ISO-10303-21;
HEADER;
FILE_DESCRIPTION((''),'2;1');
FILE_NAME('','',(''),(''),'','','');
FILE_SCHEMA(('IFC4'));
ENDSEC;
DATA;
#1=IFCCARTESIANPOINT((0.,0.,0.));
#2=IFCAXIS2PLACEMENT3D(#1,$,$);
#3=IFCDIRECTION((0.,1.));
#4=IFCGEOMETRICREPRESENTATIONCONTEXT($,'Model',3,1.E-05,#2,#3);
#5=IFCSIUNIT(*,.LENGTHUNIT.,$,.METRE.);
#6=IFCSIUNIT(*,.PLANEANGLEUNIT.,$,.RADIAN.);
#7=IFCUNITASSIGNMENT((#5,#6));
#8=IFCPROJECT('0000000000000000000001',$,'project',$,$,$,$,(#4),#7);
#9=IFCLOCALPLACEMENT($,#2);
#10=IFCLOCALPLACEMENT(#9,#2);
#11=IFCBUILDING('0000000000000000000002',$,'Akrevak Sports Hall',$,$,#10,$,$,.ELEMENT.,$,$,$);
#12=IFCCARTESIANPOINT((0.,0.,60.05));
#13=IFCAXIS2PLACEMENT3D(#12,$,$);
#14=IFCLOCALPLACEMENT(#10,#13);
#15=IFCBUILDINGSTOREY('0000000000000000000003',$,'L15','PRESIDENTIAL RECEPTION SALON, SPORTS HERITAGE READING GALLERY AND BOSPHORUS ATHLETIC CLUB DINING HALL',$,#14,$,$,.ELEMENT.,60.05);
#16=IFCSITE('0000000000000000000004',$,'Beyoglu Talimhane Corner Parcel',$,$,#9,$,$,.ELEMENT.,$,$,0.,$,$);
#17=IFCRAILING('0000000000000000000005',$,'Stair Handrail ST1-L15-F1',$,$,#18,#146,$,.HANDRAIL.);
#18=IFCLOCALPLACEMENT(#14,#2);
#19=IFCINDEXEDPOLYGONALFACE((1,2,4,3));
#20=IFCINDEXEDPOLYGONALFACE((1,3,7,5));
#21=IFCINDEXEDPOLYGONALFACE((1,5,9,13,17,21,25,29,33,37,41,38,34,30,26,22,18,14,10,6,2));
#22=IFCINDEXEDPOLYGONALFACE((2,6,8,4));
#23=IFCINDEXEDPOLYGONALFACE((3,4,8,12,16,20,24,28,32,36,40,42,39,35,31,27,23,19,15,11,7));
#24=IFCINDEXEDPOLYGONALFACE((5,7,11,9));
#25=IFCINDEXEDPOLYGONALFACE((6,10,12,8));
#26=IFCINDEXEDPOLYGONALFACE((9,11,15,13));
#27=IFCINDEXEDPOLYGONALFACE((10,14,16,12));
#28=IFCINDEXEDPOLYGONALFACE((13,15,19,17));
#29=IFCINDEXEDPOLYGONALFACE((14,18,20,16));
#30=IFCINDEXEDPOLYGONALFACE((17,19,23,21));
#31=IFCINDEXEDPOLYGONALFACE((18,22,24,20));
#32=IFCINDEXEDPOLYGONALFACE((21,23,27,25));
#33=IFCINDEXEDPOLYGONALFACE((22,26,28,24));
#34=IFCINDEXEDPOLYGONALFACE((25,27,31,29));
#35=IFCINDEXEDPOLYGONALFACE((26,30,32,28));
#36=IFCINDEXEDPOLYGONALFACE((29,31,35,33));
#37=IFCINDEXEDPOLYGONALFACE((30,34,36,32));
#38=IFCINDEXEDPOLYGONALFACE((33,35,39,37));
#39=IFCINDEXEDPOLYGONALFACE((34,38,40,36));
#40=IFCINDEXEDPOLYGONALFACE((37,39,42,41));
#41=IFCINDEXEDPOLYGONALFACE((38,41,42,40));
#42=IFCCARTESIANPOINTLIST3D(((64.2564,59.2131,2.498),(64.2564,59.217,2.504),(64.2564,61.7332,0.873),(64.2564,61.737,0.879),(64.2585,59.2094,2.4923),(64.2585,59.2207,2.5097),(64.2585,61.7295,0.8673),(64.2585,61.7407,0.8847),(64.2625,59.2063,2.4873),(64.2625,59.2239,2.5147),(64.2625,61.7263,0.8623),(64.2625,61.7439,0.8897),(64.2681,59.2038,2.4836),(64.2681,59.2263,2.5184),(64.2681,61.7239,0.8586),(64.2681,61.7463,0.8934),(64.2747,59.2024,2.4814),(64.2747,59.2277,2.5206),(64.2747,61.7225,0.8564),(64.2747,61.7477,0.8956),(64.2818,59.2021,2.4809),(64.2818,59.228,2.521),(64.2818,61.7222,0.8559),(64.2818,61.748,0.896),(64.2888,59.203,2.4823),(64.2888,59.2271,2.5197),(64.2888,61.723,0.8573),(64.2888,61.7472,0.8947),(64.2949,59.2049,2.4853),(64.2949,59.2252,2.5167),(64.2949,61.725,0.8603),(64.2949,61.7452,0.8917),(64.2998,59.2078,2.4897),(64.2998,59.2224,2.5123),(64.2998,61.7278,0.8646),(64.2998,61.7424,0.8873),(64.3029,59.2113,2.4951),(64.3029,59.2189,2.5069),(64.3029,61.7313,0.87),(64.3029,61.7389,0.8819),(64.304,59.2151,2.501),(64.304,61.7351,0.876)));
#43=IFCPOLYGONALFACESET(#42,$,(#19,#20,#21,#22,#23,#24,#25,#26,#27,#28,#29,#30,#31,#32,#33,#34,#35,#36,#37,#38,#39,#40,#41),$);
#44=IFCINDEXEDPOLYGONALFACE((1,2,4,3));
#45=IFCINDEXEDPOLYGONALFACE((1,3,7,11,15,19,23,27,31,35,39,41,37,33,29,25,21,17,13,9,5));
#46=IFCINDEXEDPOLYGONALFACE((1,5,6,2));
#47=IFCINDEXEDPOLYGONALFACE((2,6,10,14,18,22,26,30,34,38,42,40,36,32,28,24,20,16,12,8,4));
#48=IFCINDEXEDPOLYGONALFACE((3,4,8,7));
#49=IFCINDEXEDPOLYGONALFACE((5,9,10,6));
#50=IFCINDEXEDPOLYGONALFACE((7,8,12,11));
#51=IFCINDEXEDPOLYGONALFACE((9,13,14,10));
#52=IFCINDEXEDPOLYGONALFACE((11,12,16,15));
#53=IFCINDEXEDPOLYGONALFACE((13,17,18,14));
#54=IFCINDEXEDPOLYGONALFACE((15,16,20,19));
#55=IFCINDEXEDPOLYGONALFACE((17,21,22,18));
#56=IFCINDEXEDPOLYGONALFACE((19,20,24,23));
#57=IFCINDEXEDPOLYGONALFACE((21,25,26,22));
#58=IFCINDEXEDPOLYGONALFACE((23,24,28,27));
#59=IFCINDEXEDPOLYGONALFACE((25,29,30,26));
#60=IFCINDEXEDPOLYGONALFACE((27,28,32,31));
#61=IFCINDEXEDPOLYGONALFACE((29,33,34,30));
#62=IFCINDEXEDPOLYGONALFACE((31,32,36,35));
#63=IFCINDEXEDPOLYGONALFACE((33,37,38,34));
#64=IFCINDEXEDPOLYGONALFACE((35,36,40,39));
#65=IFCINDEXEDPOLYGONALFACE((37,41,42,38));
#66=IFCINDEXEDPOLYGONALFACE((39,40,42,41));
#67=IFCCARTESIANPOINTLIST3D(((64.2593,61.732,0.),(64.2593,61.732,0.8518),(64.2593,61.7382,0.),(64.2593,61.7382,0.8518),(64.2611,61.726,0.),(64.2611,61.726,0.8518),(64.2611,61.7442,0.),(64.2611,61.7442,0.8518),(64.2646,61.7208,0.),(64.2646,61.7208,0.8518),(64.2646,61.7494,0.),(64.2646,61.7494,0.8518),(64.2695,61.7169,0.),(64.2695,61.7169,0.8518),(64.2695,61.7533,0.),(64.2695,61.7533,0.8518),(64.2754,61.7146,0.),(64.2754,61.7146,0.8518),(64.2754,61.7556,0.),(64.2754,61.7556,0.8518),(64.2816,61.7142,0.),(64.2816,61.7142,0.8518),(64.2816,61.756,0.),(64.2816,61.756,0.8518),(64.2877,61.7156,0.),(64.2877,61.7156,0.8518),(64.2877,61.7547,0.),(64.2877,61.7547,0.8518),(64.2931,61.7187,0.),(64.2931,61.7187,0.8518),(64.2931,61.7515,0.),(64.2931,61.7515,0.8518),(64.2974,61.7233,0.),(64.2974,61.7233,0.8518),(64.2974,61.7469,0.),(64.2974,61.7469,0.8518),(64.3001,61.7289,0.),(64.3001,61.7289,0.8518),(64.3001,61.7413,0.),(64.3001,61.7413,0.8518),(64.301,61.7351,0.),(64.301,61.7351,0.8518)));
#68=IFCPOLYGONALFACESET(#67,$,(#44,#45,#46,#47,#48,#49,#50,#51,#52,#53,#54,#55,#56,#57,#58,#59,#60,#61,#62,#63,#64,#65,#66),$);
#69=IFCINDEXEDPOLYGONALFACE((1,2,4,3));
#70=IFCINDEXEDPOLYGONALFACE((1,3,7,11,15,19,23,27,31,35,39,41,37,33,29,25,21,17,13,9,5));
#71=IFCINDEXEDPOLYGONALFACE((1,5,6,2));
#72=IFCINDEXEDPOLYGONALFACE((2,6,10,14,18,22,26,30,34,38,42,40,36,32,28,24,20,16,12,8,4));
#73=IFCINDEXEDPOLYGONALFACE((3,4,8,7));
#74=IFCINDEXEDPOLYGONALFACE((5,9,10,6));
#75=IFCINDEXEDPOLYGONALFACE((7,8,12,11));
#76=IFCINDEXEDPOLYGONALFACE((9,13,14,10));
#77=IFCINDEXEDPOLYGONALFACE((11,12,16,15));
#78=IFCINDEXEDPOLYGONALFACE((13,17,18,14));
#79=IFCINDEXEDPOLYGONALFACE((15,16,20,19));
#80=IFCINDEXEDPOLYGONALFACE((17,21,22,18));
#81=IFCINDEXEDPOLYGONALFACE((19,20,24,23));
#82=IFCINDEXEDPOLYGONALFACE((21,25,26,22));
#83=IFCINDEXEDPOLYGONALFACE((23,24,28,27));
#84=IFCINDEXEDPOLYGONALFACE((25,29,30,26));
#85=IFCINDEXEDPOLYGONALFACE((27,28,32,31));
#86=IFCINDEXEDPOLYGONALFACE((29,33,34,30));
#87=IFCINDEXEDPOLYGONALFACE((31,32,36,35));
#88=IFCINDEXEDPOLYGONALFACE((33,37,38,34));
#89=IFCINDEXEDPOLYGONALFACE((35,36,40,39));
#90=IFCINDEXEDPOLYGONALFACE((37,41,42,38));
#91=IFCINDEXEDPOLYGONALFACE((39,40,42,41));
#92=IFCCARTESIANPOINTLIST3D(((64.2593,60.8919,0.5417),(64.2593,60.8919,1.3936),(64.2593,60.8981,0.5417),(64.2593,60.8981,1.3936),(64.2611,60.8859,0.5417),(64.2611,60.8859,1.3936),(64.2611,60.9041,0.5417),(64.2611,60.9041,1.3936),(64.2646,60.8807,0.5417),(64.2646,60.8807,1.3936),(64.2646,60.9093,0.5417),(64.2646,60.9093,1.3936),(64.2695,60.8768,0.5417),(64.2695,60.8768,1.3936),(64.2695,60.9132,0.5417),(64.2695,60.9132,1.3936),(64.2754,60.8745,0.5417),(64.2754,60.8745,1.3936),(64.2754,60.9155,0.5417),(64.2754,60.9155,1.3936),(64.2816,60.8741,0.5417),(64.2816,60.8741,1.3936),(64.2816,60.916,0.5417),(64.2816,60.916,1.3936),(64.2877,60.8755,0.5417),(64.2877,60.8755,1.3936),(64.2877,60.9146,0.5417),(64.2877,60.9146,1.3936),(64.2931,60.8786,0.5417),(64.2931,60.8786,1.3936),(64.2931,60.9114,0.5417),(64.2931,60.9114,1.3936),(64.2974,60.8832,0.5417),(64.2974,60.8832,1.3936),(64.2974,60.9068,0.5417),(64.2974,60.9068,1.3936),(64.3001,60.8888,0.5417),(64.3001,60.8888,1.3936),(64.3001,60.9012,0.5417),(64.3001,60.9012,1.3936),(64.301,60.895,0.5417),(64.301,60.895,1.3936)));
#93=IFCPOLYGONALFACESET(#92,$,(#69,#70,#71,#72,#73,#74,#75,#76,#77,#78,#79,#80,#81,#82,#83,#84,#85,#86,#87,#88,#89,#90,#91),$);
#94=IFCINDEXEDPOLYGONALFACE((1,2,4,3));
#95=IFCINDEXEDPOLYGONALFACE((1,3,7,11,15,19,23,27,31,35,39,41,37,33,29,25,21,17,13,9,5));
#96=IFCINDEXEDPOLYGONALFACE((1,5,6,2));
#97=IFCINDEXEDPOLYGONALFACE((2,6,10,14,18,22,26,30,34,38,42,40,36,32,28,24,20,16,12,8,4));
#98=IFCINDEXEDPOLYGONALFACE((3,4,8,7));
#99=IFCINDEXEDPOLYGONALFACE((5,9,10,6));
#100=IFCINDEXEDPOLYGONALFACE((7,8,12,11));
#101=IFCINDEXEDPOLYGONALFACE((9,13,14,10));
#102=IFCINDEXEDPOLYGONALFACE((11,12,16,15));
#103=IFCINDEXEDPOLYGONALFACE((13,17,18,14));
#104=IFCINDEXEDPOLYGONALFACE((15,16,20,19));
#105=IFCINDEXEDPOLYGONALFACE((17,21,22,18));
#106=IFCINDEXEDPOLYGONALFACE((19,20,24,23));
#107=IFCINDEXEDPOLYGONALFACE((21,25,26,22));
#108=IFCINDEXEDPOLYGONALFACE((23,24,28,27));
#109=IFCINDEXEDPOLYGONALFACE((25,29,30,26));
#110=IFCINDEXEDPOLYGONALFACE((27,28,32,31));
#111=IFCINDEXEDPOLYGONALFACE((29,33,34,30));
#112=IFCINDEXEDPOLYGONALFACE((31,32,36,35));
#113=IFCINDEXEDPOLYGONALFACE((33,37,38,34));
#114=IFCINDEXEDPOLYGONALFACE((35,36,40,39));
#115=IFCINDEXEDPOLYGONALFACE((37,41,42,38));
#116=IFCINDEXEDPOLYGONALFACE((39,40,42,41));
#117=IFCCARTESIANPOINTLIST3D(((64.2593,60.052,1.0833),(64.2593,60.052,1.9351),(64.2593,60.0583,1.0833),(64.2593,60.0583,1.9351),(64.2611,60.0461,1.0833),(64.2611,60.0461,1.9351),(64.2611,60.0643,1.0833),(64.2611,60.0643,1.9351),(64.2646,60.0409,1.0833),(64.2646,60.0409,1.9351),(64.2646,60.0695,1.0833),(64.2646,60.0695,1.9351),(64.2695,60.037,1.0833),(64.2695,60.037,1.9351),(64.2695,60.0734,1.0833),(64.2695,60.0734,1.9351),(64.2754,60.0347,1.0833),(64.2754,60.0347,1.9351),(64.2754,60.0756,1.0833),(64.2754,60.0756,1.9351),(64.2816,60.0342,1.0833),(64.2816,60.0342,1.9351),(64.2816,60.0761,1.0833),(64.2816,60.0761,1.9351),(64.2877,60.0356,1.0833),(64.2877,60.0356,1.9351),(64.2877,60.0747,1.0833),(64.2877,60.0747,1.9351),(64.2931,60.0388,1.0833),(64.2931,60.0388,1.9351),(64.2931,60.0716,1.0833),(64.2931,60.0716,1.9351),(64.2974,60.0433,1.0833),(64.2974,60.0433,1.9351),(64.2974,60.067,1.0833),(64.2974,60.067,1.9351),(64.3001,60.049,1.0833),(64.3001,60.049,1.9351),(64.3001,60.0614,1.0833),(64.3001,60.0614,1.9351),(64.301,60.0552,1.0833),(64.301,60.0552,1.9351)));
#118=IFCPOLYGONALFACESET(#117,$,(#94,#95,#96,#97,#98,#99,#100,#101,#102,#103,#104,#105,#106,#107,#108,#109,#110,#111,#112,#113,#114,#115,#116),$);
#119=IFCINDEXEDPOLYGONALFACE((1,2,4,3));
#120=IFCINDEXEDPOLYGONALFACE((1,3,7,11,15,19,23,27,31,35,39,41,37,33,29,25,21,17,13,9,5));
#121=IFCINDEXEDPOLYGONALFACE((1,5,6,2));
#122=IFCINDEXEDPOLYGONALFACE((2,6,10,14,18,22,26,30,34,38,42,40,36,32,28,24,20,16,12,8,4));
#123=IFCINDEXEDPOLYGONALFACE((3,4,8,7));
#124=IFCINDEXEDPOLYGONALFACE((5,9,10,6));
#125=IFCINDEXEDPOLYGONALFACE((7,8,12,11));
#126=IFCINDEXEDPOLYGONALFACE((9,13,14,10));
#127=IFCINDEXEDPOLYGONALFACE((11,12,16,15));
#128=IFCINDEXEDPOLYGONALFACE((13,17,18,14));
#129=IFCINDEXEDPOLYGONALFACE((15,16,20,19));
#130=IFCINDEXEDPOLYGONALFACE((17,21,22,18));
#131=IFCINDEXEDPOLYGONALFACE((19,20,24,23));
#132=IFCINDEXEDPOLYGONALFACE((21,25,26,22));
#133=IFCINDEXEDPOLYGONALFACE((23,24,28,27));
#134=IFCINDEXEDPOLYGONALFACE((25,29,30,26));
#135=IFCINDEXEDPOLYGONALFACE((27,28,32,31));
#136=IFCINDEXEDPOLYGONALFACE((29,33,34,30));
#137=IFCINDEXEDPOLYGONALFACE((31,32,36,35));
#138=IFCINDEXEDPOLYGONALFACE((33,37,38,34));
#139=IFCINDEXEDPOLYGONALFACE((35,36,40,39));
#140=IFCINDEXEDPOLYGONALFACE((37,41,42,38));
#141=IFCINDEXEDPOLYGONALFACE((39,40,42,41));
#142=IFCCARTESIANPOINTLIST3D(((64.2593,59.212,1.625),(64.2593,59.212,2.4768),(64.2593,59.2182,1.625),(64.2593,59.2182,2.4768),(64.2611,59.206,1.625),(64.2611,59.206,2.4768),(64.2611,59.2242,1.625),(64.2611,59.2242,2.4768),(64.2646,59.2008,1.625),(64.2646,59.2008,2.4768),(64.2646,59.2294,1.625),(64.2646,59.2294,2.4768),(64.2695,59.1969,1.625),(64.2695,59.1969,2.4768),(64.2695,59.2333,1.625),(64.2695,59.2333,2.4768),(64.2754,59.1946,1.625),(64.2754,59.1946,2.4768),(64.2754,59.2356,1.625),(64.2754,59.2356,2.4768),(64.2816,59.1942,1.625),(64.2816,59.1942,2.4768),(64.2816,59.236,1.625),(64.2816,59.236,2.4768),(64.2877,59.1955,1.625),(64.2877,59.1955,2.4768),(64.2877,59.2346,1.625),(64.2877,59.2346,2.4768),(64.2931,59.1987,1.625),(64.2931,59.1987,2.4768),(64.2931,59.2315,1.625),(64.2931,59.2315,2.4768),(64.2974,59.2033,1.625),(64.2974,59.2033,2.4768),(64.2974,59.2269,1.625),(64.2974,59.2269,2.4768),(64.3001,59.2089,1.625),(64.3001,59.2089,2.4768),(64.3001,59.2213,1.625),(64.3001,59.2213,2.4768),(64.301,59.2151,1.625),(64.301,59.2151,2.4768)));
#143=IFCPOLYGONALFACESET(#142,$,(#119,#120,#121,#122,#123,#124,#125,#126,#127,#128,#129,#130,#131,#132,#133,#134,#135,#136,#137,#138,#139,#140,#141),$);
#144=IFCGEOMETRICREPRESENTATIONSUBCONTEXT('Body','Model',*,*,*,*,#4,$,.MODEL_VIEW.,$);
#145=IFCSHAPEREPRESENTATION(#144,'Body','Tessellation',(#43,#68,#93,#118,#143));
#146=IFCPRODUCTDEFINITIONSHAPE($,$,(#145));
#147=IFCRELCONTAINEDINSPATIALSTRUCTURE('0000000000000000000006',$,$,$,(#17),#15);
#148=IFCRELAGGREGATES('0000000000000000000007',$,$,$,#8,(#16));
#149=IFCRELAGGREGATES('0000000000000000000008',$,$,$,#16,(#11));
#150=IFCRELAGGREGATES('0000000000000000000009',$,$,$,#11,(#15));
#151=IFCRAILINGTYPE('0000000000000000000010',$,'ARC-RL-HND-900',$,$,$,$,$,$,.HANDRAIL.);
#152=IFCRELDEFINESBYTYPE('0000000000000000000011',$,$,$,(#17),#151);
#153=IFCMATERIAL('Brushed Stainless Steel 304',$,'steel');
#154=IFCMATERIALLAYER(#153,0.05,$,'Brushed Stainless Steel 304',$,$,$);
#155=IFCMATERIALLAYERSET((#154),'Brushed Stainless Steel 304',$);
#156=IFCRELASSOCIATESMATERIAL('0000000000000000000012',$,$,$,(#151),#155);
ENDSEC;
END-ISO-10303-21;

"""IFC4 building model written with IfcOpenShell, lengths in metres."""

from ifc_helpers import new_model, si_unit, direction, frame, origin, origin_2d, place, context, subcontext, project, spatial, circle, extrude, material, layer, layer_set, type_object, element, save


model = new_model("IFC4")

# Units and contexts
model_context = context("Model", 3, precision=1e-05, world=origin(), true_north=direction((0.0, 1.0)))
body_context = subcontext(model_context, "Body", "Model", "MODEL_VIEW")
ifc_project = project(units=[si_unit("LENGTHUNIT", "METRE"), si_unit("PLANEANGLEUNIT", "RADIAN")], contexts=[model_context])

# Site, building, storey
site_placement = place(None, origin())
site = spatial("IfcSite", under=ifc_project, at=site_placement, Name="Beyoglu Talimhane Corner Parcel", CompositionType="ELEMENT", RefElevation=0.0)
building_placement = place(site_placement, origin())
building = spatial("IfcBuilding", under=site, at=building_placement, Name="Akrevak Sports Hall", CompositionType="ELEMENT")
storey_placement = place(building_placement, frame((0.0, 0.0, 60.05)))
storey = spatial("IfcBuildingStorey", under=building, at=storey_placement, Name="L15", Description="PRESIDENTIAL RECEPTION SALON, SPORTS HERITAGE READING GALLERY AND BOSPHORUS ATHLETIC CLUB DINING HALL", CompositionType="ELEMENT", Elevation=60.05)

# Railing
ifc_material_1 = material(Name="Brushed Stainless Steel 304", Category="steel")
ifc_layer_1 = layer(ifc_material_1, 0.05, Name="Brushed Stainless Steel 304")
ifc_layer_set_1 = layer_set([ifc_layer_1], Name="Brushed Stainless Steel 304")
railing_type_1 = type_object("IfcRailingType", Name="ARC-RL-HND-900", PredefinedType="HANDRAIL", material=ifc_layer_set_1)
railing_1_placement = place(storey_placement, frame((64.28, 61.7351, 0.0)))
element("IfcRailing", 1, at=railing_1_placement, inside=storey, type_object=railing_type_1, Name="Stair Handrail ST1-L15-F1", PredefinedType="HANDRAIL", context=body_context, shape_type="SweptSolid", body=[
    extrude(circle(Radius=0.0239, at=origin_2d()), frame((0.0, 0.0, 0.876), z_axis=(0.0, -0.840421, 0.541934), x_axis=(1.0, 0.0, 0.0)), (0.0, 0.0, 1.0), 2.9985),
    extrude(circle(Radius=0.021, at=origin_2d()), origin(), (0.0, 0.0, 1.0), 0.8518),
    extrude(circle(Radius=0.021, at=origin_2d()), frame((0.0, -0.8401, 0.5417)), (0.0, 0.0, 1.0), 0.8518),
    extrude(circle(Radius=0.021, at=origin_2d()), frame((0.0, -1.6799, 1.0833)), (0.0, 0.0, 1.0), 0.8518),
    extrude(circle(Radius=0.021, at=origin_2d()), frame((0.0, -2.52, 1.625)), (0.0, 0.0, 1.0), 0.8518),
])

save(model, "model.ifc")
